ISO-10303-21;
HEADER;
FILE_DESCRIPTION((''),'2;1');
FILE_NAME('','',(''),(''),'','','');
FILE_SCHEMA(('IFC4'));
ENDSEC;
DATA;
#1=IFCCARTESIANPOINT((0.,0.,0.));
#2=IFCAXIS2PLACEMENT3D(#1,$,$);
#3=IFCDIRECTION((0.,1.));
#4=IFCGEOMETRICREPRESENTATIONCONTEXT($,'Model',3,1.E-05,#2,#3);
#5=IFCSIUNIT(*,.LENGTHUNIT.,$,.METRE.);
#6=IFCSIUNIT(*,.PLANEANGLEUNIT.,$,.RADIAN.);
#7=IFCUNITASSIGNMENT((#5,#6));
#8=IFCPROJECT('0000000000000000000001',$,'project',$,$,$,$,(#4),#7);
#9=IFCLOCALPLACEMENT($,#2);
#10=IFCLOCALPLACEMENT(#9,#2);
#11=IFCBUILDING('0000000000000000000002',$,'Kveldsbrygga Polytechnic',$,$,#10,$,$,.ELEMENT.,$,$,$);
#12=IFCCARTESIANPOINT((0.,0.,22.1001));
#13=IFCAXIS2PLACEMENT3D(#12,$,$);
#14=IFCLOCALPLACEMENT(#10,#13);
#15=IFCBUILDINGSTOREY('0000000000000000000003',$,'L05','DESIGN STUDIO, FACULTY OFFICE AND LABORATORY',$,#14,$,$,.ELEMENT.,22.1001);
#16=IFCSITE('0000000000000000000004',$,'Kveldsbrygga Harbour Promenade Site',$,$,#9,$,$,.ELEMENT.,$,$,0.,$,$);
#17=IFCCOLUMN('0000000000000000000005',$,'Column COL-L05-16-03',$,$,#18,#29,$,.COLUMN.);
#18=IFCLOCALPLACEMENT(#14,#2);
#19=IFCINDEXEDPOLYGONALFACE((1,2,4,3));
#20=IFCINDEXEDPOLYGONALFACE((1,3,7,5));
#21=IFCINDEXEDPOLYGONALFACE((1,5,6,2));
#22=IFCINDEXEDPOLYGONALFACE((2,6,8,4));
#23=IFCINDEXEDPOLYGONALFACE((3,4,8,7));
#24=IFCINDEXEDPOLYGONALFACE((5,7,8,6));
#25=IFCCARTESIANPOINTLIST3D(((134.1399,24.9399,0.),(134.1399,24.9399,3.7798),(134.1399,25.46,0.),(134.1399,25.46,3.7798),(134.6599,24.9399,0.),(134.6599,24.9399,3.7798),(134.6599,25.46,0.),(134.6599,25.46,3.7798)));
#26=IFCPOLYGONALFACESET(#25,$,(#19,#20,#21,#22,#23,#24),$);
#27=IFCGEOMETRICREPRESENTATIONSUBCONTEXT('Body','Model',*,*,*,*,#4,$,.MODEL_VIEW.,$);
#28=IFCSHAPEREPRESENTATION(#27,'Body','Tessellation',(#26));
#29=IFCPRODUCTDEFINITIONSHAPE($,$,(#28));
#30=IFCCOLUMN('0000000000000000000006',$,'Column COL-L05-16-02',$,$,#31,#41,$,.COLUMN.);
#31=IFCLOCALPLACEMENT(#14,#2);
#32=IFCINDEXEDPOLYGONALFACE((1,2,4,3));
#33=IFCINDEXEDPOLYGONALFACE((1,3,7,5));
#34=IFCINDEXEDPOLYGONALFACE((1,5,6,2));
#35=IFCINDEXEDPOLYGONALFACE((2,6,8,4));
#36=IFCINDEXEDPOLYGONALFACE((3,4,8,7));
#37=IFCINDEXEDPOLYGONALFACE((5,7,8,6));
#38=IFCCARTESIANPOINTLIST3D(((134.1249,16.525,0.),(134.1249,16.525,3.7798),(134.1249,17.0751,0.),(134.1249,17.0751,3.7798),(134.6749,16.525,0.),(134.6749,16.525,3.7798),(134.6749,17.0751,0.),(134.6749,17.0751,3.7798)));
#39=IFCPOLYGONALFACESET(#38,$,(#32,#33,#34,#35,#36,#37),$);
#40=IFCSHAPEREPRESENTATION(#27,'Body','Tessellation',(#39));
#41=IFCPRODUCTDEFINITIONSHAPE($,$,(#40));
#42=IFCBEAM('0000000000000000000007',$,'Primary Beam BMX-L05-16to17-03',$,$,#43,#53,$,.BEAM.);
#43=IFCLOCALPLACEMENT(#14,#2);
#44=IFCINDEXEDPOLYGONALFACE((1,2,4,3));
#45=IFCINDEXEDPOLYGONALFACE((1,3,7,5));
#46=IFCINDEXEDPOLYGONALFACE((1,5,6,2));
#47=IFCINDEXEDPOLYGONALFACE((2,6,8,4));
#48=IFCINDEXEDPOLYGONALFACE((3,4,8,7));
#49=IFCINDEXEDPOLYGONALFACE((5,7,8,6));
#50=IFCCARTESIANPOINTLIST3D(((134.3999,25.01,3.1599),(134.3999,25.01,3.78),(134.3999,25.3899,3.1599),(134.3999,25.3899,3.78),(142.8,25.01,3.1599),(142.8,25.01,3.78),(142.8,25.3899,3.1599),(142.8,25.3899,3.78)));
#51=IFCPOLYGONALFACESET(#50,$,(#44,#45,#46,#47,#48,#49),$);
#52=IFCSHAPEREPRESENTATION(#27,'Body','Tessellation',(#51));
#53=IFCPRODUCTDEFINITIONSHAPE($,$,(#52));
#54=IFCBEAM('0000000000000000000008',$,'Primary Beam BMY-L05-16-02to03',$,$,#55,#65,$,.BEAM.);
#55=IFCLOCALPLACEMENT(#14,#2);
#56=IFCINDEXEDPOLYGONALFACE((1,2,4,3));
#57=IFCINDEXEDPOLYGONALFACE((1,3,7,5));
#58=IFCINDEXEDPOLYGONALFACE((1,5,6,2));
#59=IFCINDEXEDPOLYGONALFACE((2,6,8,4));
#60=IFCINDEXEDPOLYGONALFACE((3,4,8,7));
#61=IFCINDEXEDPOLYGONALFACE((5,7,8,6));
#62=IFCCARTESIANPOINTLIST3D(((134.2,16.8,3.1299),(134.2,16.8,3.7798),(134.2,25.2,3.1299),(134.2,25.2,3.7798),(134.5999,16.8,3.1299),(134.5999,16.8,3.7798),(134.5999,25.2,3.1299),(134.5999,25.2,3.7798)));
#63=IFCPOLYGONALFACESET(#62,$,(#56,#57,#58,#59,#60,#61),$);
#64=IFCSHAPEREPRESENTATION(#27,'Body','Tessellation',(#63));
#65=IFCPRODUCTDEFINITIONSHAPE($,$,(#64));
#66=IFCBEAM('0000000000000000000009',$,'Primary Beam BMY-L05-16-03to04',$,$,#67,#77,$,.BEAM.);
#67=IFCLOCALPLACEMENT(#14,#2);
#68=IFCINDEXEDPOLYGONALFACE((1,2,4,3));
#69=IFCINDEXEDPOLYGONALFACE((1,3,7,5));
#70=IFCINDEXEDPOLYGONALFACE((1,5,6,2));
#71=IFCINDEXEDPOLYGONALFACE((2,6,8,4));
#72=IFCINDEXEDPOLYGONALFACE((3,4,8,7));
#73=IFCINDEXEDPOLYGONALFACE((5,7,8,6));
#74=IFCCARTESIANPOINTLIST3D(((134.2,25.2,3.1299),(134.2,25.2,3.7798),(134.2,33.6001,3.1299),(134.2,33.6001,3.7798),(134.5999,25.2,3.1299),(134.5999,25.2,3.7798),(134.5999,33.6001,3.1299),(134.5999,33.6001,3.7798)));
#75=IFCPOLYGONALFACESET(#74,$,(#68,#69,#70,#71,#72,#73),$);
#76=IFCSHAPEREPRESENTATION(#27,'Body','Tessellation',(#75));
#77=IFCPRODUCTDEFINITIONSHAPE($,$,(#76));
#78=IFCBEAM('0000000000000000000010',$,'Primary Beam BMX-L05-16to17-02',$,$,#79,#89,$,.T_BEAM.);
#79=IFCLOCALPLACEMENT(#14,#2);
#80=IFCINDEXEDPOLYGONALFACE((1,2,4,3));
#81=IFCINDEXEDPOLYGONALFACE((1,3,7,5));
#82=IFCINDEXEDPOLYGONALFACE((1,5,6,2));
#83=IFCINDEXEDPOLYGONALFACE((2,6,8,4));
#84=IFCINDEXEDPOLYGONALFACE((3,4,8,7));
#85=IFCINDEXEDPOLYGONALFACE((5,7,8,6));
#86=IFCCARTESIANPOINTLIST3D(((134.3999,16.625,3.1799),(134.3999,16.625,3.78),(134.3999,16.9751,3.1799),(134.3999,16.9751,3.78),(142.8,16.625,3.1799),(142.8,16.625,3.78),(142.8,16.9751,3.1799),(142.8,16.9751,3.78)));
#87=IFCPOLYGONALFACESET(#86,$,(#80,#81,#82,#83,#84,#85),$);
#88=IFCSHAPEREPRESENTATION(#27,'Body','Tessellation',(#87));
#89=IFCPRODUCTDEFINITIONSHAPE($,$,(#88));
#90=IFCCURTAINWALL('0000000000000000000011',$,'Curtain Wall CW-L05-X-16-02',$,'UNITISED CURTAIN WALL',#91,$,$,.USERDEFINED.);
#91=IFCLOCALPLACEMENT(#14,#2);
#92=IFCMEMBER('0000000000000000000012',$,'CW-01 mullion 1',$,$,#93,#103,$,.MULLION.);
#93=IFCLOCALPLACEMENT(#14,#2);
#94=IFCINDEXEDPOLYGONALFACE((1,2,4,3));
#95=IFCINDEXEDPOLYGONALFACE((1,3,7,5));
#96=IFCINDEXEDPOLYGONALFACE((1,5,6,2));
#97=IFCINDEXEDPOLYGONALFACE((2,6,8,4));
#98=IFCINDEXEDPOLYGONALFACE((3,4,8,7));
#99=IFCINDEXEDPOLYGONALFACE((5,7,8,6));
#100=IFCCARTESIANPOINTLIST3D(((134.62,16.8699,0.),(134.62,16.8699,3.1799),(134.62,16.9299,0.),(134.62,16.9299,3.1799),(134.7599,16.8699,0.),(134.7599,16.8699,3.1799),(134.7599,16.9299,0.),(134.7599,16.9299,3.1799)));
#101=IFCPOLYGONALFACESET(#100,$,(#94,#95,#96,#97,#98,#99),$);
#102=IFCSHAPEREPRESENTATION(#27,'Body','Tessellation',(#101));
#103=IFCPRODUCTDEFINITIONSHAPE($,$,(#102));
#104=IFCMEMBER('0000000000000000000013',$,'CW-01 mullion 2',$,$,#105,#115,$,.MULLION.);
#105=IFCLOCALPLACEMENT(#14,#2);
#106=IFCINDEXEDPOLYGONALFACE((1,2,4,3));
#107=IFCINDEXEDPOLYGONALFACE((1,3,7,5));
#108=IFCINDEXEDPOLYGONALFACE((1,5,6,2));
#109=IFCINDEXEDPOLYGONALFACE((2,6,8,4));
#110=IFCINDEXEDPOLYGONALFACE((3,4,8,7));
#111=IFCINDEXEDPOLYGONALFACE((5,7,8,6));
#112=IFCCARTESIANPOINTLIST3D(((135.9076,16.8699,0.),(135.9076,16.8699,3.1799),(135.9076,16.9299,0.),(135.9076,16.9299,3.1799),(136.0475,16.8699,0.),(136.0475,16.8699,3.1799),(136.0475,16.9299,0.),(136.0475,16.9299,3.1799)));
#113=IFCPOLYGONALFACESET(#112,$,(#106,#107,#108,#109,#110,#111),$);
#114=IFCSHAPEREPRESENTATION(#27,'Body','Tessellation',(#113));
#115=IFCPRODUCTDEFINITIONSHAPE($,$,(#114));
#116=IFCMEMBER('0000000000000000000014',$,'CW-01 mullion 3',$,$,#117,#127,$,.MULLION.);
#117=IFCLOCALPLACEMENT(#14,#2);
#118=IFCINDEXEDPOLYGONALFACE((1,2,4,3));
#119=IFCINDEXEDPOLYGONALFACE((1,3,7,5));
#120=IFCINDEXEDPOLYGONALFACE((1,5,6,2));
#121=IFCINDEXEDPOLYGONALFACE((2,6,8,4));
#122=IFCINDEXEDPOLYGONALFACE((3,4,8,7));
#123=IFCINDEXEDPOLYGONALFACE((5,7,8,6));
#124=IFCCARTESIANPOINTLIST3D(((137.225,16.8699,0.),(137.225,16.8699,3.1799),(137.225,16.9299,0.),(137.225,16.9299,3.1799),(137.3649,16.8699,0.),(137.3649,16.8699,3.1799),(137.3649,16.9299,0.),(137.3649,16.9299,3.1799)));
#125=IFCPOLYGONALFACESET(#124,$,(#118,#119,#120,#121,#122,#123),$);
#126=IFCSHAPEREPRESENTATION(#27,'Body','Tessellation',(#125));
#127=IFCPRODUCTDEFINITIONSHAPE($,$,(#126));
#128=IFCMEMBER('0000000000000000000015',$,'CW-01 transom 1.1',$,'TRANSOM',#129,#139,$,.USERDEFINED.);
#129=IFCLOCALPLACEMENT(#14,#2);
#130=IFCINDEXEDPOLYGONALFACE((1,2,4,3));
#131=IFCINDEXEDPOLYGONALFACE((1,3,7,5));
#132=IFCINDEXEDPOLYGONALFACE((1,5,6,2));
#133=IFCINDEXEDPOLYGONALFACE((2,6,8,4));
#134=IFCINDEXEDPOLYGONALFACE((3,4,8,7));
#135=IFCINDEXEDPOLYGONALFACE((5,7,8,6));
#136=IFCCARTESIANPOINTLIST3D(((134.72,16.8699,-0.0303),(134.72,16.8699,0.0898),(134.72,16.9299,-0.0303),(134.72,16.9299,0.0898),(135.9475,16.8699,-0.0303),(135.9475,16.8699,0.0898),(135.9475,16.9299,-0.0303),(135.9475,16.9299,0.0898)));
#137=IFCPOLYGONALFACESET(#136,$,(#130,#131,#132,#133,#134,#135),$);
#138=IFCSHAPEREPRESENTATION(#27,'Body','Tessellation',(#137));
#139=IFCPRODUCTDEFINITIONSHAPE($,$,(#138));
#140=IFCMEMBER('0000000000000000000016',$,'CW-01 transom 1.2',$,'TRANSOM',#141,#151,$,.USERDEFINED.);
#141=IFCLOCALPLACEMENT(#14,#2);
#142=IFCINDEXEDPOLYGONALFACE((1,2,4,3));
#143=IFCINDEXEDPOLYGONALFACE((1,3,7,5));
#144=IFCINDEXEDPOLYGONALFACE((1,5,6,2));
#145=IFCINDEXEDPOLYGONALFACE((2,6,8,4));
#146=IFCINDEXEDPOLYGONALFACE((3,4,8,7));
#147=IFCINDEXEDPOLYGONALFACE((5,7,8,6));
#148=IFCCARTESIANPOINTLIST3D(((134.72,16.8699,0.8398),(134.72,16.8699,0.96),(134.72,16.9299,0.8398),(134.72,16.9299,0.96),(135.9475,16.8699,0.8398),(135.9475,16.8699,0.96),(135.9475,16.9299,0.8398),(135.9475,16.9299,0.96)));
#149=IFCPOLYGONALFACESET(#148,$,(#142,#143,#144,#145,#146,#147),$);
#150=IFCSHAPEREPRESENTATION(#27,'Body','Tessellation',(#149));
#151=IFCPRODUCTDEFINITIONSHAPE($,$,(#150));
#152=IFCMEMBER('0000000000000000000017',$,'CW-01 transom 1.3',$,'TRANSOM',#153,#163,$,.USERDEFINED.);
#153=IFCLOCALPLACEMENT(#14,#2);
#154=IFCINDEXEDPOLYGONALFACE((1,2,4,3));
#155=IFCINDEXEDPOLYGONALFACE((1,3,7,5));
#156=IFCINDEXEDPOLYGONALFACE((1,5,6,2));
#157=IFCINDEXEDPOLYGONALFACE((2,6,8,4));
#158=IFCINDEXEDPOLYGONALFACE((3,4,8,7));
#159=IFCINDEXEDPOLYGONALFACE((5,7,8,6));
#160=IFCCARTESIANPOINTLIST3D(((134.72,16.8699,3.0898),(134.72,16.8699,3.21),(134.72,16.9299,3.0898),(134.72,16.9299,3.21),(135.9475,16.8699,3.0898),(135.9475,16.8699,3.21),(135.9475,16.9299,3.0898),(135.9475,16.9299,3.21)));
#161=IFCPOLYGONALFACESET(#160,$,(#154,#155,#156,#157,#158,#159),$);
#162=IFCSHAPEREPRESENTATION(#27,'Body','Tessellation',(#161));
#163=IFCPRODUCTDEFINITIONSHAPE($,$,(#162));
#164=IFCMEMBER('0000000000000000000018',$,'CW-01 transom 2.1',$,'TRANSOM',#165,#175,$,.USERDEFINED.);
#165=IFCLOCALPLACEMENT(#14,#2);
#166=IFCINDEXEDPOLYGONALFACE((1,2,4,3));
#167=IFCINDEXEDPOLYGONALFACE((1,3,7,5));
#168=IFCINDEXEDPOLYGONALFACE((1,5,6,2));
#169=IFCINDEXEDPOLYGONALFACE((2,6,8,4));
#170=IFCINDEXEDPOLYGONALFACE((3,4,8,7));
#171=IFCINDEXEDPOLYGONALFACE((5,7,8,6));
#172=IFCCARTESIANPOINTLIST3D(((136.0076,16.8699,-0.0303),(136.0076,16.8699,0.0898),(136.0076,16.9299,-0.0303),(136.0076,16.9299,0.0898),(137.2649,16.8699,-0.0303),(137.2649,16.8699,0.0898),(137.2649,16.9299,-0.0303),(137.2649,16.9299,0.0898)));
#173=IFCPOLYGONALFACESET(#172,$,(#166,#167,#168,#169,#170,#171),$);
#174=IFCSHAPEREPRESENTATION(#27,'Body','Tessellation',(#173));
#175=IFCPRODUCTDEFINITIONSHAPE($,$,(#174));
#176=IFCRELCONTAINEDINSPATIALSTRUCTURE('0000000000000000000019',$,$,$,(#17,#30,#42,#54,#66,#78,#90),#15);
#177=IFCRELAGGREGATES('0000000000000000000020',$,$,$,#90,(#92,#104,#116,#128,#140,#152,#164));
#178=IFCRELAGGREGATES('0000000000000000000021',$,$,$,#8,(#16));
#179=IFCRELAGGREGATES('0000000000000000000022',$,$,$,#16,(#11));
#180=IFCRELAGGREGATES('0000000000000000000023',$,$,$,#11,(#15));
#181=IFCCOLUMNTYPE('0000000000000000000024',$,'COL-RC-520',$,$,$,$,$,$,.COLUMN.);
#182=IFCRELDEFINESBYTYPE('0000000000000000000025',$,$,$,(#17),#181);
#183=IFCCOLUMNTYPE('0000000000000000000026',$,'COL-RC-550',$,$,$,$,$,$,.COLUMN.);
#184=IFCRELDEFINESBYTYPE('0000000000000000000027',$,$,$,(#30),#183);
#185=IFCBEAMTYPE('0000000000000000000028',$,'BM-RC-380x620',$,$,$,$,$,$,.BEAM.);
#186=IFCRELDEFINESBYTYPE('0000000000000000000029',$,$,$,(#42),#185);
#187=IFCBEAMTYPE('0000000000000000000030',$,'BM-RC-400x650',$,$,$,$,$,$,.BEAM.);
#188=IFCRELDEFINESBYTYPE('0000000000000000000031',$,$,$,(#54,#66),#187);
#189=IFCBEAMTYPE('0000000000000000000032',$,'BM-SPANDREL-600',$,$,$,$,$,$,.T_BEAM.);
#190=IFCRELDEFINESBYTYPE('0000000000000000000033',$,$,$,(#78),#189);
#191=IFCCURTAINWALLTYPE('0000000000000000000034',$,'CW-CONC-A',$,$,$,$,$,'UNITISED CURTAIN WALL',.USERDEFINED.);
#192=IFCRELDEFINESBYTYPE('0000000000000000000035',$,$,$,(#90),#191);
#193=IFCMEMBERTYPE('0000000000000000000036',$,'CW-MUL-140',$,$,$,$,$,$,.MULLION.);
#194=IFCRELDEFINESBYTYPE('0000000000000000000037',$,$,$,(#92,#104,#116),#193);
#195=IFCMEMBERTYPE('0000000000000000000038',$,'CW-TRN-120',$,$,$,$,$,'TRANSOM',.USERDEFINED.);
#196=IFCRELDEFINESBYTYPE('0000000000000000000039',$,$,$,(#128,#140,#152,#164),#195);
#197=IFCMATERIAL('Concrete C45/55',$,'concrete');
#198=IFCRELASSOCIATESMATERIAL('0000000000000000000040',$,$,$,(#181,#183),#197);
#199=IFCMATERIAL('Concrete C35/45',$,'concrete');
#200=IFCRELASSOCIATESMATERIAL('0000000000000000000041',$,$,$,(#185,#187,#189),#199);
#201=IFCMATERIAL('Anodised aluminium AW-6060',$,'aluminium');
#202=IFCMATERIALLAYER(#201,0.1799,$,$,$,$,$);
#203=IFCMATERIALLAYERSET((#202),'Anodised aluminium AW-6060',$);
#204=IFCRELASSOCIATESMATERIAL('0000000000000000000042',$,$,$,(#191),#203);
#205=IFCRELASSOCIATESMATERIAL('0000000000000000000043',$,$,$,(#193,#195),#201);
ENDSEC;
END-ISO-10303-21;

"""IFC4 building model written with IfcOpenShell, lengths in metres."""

from ifc_helpers import new_model, si_unit, direction, frame, origin, origin_2d, place, context, subcontext, project, spatial, rectangle, extrude, material, layer, layer_set, material_profile, profile_set, type_object, element, aggregate, save


model = new_model("IFC4")

# Units and contexts
model_context = context("Model", 3, precision=1e-05, world=origin(), true_north=direction((0.0, 1.0)))
body_context = subcontext(model_context, "Body", "Model", "MODEL_VIEW")
ifc_project = project(units=[si_unit("LENGTHUNIT", "METRE"), si_unit("PLANEANGLEUNIT", "RADIAN")], contexts=[model_context])

# Site, building, storey
site_placement = place(None, origin())
site = spatial("IfcSite", under=ifc_project, at=site_placement, Name="Kveldsbrygga Harbour Promenade Site", CompositionType="ELEMENT", RefElevation=0.0)
building_placement = place(site_placement, origin())
building = spatial("IfcBuilding", under=site, at=building_placement, Name="Kveldsbrygga Polytechnic", CompositionType="ELEMENT")
storey_placement = place(building_placement, frame((0.0, 0.0, 22.1001)))
storey = spatial("IfcBuildingStorey", under=building, at=storey_placement, Name="L05", Description="DESIGN STUDIO, FACULTY OFFICE AND LABORATORY", CompositionType="ELEMENT", Elevation=22.1001)

# Columns
ifc_material_1 = material(Name="Concrete C45/55", Category="concrete")
ifc_material_profile_1 = material_profile(ifc_material_1, rectangle(XDim=0.52, YDim=0.52, at=origin_2d()), Name="RC 520x520")
ifc_profile_set_1 = profile_set([ifc_material_profile_1], Name="Concrete C45/55")
column_type_1 = type_object("IfcColumnType", Name="COL-RC-520", PredefinedType="COLUMN", material=ifc_profile_set_1)
column_1_placement = place(storey_placement, frame((134.3999, 25.2, 0.0), z_axis=(0.0, 0.0, 1.0), x_axis=(1.0, 0.0, 0.0)))
element("IfcColumn", 1, at=column_1_placement, inside=storey, type_object=column_type_1, Name="Column COL-L05-16-03", PredefinedType="COLUMN", context=body_context, shape_type="SweptSolid", body=[
    extrude(rectangle(XDim=0.52, YDim=0.52, at=origin_2d()), origin(), (0.0, 0.0, 1.0), 3.7798),
])
ifc_material_profile_2 = material_profile(ifc_material_1, rectangle(XDim=0.55, YDim=0.55, at=origin_2d()), Name="RC 550x550")
ifc_profile_set_2 = profile_set([ifc_material_profile_2], Name="Concrete C45/55")
column_type_2 = type_object("IfcColumnType", Name="COL-RC-550", PredefinedType="COLUMN", material=ifc_profile_set_2)
column_2_placement = place(storey_placement, frame((134.3999, 16.8, 0.0), z_axis=(0.0, 0.0, 1.0), x_axis=(1.0, 0.0, 0.0)))
element("IfcColumn", 2, at=column_2_placement, inside=storey, type_object=column_type_2, Name="Column COL-L05-16-02", PredefinedType="COLUMN", context=body_context, shape_type="SweptSolid", body=[
    extrude(rectangle(XDim=0.55, YDim=0.55, at=origin_2d()), origin(), (0.0, 0.0, 1.0), 3.7798),
])

# Beams
ifc_material_2 = material(Name="Concrete C35/45", Category="concrete")
ifc_material_profile_3 = material_profile(ifc_material_2, rectangle(XDim=0.3799, YDim=0.6201, at=origin_2d()), Name="RC 380x620")
ifc_profile_set_3 = profile_set([ifc_material_profile_3], Name="Concrete C35/45")
beam_type_1 = type_object("IfcBeamType", Name="BM-RC-380x620", PredefinedType="BEAM", material=ifc_profile_set_3)
beam_1_placement = place(storey_placement, frame((134.3999, 25.2, 3.47), z_axis=(1.0, 0.0, 0.0), x_axis=(0.0, 1.0, 0.0)))
element("IfcBeam", 3, at=beam_1_placement, inside=storey, type_object=beam_type_1, Name="Primary Beam BMX-L05-16to17-03", PredefinedType="BEAM", context=body_context, shape_type="SweptSolid", body=[
    extrude(rectangle(XDim=0.3799, YDim=0.6201, at=origin_2d()), origin(), (0.0, 0.0, 1.0), 8.4001),
])
ifc_material_profile_4 = material_profile(ifc_material_2, rectangle(XDim=0.3999, YDim=0.6499, at=origin_2d()), Name="RC 400x650")
ifc_profile_set_4 = profile_set([ifc_material_profile_4], Name="Concrete C35/45")
beam_type_2 = type_object("IfcBeamType", Name="BM-RC-400x650", PredefinedType="BEAM", material=ifc_profile_set_4)
beam_2_placement = place(storey_placement, frame((134.3999, 16.8, 3.4548), z_axis=(0.0, 1.0, 0.0), x_axis=(-1.0, 0.0, 0.0)))
element("IfcBeam", 4, at=beam_2_placement, inside=storey, type_object=beam_type_2, Name="Primary Beam BMY-L05-16-02to03", PredefinedType="BEAM", context=body_context, shape_type="SweptSolid", body=[
    extrude(rectangle(XDim=0.3999, YDim=0.6499, at=origin_2d()), origin(), (0.0, 0.0, 1.0), 8.3999),
])
beam_3_placement = place(storey_placement, frame((134.3999, 25.2, 3.4548), z_axis=(0.0, 1.0, 0.0), x_axis=(-1.0, 0.0, 0.0)))
element("IfcBeam", 5, at=beam_3_placement, inside=storey, type_object=beam_type_2, Name="Primary Beam BMY-L05-16-03to04", PredefinedType="BEAM", context=body_context, shape_type="SweptSolid", body=[
    extrude(rectangle(XDim=0.3999, YDim=0.6499, at=origin_2d()), origin(), (0.0, 0.0, 1.0), 8.4001),
])
ifc_material_profile_5 = material_profile(ifc_material_2, rectangle(XDim=0.3501, YDim=0.6001, at=origin_2d()), Name="RC 350x600")
ifc_profile_set_5 = profile_set([ifc_material_profile_5], Name="Concrete C35/45")
beam_type_3 = type_object("IfcBeamType", Name="BM-SPANDREL-600", PredefinedType="T_BEAM", material=ifc_profile_set_5)
beam_4_placement = place(storey_placement, frame((134.3999, 16.8, 3.48), z_axis=(1.0, 0.0, 0.0), x_axis=(0.0, 1.0, 0.0)))
element("IfcBeam", 6, at=beam_4_placement, inside=storey, type_object=beam_type_3, Name="Primary Beam BMX-L05-16to17-02", PredefinedType="T_BEAM", context=body_context, shape_type="SweptSolid", body=[
    extrude(rectangle(XDim=0.3501, YDim=0.6001, at=origin_2d()), origin(), (0.0, 0.0, 1.0), 8.4001),
])

# Curtain wall, members
ifc_material_3 = material(Name="Anodised aluminium AW-6060", Category="aluminium")
ifc_layer_1 = layer(ifc_material_3, 0.1799)
ifc_layer_set_1 = layer_set([ifc_layer_1], Name="Anodised aluminium AW-6060")
curtain_wall_type = type_object("IfcCurtainWallType", Name="CW-CONC-A", ElementType="UNITISED CURTAIN WALL", PredefinedType="USERDEFINED", material=ifc_layer_set_1)
curtain_wall_placement = place(storey_placement, origin())
curtain_wall = element("IfcCurtainWall", 7, at=curtain_wall_placement, inside=storey, type_object=curtain_wall_type, Name="Curtain Wall CW-L05-X-16-02", ObjectType="UNITISED CURTAIN WALL", PredefinedType="USERDEFINED")
ifc_material_profile_6 = material_profile(ifc_material_3, rectangle(XDim=0.0601, YDim=0.1399, at=origin_2d()), Name="ALU 60x140")
ifc_profile_set_6 = profile_set([ifc_material_profile_6], Name="Anodised aluminium AW-6060")
member_type_1 = type_object("IfcMemberType", Name="CW-MUL-140", PredefinedType="MULLION", material=ifc_profile_set_6)
member_1_placement = place(storey_placement, frame((134.6899, 16.8999, 0.0), z_axis=(0.0, 0.0, 1.0), x_axis=(0.0, 1.0, 0.0)))
member_1 = element("IfcMember", 8, at=member_1_placement, type_object=member_type_1, Name="CW-01 mullion 1", PredefinedType="MULLION", context=body_context, shape_type="SweptSolid", body=[
    extrude(rectangle(XDim=0.0601, YDim=0.1399, at=origin_2d()), origin(), (0.0, 0.0, 1.0), 3.1799),
])
member_2_placement = place(storey_placement, frame((135.9775, 16.8999, 0.0), z_axis=(0.0, 0.0, 1.0), x_axis=(0.0, 1.0, 0.0)))
member_2 = element("IfcMember", 9, at=member_2_placement, type_object=member_type_1, Name="CW-01 mullion 2", PredefinedType="MULLION", context=body_context, shape_type="SweptSolid", body=[
    extrude(rectangle(XDim=0.0601, YDim=0.1399, at=origin_2d()), origin(), (0.0, 0.0, 1.0), 3.1799),
])
member_3_placement = place(storey_placement, frame((137.2949, 16.8999, 0.0), z_axis=(0.0, 0.0, 1.0), x_axis=(0.0, 1.0, 0.0)))
member_3 = element("IfcMember", 10, at=member_3_placement, type_object=member_type_1, Name="CW-01 mullion 3", PredefinedType="MULLION", context=body_context, shape_type="SweptSolid", body=[
    extrude(rectangle(XDim=0.0601, YDim=0.1399, at=origin_2d()), origin(), (0.0, 0.0, 1.0), 3.1799),
])
ifc_material_profile_7 = material_profile(ifc_material_3, rectangle(XDim=0.0601, YDim=0.1201, at=origin_2d()), Name="ALU 60x120")
ifc_profile_set_7 = profile_set([ifc_material_profile_7], Name="Anodised aluminium AW-6060")
member_type_2 = type_object("IfcMemberType", Name="CW-TRN-120", ElementType="TRANSOM", PredefinedType="USERDEFINED", material=ifc_profile_set_7)
member_4_placement = place(storey_placement, frame((134.72, 16.8999, 0.0298), z_axis=(1.0, 0.0, 0.0), x_axis=(0.0, 1.0, 0.0)))
member_4 = element("IfcMember", 11, at=member_4_placement, type_object=member_type_2, Name="CW-01 transom 1.1", ObjectType="TRANSOM", PredefinedType="USERDEFINED", context=body_context, shape_type="SweptSolid", body=[
    extrude(rectangle(XDim=0.0601, YDim=0.1201, at=origin_2d()), origin(), (0.0, 0.0, 1.0), 1.2275),
])
member_5_placement = place(storey_placement, frame((134.72, 16.8999, 0.8999), z_axis=(1.0, 0.0, 0.0), x_axis=(0.0, 1.0, 0.0)))
member_5 = element("IfcMember", 12, at=member_5_placement, type_object=member_type_2, Name="CW-01 transom 1.2", ObjectType="TRANSOM", PredefinedType="USERDEFINED", context=body_context, shape_type="SweptSolid", body=[
    extrude(rectangle(XDim=0.0601, YDim=0.1201, at=origin_2d()), origin(), (0.0, 0.0, 1.0), 1.2275),
])
member_6_placement = place(storey_placement, frame((134.72, 16.8999, 3.1499), z_axis=(1.0, 0.0, 0.0), x_axis=(0.0, 1.0, 0.0)))
member_6 = element("IfcMember", 13, at=member_6_placement, type_object=member_type_2, Name="CW-01 transom 1.3", ObjectType="TRANSOM", PredefinedType="USERDEFINED", context=body_context, shape_type="SweptSolid", body=[
    extrude(rectangle(XDim=0.0601, YDim=0.1201, at=origin_2d()), origin(), (0.0, 0.0, 1.0), 1.2275),
])
member_7_placement = place(storey_placement, frame((136.0076, 16.8999, 0.0298), z_axis=(1.0, 0.0, 0.0), x_axis=(0.0, 1.0, 0.0)))
member_7 = element("IfcMember", 14, at=member_7_placement, type_object=member_type_2, Name="CW-01 transom 2.1", ObjectType="TRANSOM", PredefinedType="USERDEFINED", context=body_context, shape_type="SweptSolid", body=[
    extrude(rectangle(XDim=0.0601, YDim=0.1201, at=origin_2d()), origin(), (0.0, 0.0, 1.0), 1.2573),
])

aggregate(curtain_wall, [member_1, member_2, member_3, member_4, member_5, member_6, member_7])

save(model, "model.ifc")
